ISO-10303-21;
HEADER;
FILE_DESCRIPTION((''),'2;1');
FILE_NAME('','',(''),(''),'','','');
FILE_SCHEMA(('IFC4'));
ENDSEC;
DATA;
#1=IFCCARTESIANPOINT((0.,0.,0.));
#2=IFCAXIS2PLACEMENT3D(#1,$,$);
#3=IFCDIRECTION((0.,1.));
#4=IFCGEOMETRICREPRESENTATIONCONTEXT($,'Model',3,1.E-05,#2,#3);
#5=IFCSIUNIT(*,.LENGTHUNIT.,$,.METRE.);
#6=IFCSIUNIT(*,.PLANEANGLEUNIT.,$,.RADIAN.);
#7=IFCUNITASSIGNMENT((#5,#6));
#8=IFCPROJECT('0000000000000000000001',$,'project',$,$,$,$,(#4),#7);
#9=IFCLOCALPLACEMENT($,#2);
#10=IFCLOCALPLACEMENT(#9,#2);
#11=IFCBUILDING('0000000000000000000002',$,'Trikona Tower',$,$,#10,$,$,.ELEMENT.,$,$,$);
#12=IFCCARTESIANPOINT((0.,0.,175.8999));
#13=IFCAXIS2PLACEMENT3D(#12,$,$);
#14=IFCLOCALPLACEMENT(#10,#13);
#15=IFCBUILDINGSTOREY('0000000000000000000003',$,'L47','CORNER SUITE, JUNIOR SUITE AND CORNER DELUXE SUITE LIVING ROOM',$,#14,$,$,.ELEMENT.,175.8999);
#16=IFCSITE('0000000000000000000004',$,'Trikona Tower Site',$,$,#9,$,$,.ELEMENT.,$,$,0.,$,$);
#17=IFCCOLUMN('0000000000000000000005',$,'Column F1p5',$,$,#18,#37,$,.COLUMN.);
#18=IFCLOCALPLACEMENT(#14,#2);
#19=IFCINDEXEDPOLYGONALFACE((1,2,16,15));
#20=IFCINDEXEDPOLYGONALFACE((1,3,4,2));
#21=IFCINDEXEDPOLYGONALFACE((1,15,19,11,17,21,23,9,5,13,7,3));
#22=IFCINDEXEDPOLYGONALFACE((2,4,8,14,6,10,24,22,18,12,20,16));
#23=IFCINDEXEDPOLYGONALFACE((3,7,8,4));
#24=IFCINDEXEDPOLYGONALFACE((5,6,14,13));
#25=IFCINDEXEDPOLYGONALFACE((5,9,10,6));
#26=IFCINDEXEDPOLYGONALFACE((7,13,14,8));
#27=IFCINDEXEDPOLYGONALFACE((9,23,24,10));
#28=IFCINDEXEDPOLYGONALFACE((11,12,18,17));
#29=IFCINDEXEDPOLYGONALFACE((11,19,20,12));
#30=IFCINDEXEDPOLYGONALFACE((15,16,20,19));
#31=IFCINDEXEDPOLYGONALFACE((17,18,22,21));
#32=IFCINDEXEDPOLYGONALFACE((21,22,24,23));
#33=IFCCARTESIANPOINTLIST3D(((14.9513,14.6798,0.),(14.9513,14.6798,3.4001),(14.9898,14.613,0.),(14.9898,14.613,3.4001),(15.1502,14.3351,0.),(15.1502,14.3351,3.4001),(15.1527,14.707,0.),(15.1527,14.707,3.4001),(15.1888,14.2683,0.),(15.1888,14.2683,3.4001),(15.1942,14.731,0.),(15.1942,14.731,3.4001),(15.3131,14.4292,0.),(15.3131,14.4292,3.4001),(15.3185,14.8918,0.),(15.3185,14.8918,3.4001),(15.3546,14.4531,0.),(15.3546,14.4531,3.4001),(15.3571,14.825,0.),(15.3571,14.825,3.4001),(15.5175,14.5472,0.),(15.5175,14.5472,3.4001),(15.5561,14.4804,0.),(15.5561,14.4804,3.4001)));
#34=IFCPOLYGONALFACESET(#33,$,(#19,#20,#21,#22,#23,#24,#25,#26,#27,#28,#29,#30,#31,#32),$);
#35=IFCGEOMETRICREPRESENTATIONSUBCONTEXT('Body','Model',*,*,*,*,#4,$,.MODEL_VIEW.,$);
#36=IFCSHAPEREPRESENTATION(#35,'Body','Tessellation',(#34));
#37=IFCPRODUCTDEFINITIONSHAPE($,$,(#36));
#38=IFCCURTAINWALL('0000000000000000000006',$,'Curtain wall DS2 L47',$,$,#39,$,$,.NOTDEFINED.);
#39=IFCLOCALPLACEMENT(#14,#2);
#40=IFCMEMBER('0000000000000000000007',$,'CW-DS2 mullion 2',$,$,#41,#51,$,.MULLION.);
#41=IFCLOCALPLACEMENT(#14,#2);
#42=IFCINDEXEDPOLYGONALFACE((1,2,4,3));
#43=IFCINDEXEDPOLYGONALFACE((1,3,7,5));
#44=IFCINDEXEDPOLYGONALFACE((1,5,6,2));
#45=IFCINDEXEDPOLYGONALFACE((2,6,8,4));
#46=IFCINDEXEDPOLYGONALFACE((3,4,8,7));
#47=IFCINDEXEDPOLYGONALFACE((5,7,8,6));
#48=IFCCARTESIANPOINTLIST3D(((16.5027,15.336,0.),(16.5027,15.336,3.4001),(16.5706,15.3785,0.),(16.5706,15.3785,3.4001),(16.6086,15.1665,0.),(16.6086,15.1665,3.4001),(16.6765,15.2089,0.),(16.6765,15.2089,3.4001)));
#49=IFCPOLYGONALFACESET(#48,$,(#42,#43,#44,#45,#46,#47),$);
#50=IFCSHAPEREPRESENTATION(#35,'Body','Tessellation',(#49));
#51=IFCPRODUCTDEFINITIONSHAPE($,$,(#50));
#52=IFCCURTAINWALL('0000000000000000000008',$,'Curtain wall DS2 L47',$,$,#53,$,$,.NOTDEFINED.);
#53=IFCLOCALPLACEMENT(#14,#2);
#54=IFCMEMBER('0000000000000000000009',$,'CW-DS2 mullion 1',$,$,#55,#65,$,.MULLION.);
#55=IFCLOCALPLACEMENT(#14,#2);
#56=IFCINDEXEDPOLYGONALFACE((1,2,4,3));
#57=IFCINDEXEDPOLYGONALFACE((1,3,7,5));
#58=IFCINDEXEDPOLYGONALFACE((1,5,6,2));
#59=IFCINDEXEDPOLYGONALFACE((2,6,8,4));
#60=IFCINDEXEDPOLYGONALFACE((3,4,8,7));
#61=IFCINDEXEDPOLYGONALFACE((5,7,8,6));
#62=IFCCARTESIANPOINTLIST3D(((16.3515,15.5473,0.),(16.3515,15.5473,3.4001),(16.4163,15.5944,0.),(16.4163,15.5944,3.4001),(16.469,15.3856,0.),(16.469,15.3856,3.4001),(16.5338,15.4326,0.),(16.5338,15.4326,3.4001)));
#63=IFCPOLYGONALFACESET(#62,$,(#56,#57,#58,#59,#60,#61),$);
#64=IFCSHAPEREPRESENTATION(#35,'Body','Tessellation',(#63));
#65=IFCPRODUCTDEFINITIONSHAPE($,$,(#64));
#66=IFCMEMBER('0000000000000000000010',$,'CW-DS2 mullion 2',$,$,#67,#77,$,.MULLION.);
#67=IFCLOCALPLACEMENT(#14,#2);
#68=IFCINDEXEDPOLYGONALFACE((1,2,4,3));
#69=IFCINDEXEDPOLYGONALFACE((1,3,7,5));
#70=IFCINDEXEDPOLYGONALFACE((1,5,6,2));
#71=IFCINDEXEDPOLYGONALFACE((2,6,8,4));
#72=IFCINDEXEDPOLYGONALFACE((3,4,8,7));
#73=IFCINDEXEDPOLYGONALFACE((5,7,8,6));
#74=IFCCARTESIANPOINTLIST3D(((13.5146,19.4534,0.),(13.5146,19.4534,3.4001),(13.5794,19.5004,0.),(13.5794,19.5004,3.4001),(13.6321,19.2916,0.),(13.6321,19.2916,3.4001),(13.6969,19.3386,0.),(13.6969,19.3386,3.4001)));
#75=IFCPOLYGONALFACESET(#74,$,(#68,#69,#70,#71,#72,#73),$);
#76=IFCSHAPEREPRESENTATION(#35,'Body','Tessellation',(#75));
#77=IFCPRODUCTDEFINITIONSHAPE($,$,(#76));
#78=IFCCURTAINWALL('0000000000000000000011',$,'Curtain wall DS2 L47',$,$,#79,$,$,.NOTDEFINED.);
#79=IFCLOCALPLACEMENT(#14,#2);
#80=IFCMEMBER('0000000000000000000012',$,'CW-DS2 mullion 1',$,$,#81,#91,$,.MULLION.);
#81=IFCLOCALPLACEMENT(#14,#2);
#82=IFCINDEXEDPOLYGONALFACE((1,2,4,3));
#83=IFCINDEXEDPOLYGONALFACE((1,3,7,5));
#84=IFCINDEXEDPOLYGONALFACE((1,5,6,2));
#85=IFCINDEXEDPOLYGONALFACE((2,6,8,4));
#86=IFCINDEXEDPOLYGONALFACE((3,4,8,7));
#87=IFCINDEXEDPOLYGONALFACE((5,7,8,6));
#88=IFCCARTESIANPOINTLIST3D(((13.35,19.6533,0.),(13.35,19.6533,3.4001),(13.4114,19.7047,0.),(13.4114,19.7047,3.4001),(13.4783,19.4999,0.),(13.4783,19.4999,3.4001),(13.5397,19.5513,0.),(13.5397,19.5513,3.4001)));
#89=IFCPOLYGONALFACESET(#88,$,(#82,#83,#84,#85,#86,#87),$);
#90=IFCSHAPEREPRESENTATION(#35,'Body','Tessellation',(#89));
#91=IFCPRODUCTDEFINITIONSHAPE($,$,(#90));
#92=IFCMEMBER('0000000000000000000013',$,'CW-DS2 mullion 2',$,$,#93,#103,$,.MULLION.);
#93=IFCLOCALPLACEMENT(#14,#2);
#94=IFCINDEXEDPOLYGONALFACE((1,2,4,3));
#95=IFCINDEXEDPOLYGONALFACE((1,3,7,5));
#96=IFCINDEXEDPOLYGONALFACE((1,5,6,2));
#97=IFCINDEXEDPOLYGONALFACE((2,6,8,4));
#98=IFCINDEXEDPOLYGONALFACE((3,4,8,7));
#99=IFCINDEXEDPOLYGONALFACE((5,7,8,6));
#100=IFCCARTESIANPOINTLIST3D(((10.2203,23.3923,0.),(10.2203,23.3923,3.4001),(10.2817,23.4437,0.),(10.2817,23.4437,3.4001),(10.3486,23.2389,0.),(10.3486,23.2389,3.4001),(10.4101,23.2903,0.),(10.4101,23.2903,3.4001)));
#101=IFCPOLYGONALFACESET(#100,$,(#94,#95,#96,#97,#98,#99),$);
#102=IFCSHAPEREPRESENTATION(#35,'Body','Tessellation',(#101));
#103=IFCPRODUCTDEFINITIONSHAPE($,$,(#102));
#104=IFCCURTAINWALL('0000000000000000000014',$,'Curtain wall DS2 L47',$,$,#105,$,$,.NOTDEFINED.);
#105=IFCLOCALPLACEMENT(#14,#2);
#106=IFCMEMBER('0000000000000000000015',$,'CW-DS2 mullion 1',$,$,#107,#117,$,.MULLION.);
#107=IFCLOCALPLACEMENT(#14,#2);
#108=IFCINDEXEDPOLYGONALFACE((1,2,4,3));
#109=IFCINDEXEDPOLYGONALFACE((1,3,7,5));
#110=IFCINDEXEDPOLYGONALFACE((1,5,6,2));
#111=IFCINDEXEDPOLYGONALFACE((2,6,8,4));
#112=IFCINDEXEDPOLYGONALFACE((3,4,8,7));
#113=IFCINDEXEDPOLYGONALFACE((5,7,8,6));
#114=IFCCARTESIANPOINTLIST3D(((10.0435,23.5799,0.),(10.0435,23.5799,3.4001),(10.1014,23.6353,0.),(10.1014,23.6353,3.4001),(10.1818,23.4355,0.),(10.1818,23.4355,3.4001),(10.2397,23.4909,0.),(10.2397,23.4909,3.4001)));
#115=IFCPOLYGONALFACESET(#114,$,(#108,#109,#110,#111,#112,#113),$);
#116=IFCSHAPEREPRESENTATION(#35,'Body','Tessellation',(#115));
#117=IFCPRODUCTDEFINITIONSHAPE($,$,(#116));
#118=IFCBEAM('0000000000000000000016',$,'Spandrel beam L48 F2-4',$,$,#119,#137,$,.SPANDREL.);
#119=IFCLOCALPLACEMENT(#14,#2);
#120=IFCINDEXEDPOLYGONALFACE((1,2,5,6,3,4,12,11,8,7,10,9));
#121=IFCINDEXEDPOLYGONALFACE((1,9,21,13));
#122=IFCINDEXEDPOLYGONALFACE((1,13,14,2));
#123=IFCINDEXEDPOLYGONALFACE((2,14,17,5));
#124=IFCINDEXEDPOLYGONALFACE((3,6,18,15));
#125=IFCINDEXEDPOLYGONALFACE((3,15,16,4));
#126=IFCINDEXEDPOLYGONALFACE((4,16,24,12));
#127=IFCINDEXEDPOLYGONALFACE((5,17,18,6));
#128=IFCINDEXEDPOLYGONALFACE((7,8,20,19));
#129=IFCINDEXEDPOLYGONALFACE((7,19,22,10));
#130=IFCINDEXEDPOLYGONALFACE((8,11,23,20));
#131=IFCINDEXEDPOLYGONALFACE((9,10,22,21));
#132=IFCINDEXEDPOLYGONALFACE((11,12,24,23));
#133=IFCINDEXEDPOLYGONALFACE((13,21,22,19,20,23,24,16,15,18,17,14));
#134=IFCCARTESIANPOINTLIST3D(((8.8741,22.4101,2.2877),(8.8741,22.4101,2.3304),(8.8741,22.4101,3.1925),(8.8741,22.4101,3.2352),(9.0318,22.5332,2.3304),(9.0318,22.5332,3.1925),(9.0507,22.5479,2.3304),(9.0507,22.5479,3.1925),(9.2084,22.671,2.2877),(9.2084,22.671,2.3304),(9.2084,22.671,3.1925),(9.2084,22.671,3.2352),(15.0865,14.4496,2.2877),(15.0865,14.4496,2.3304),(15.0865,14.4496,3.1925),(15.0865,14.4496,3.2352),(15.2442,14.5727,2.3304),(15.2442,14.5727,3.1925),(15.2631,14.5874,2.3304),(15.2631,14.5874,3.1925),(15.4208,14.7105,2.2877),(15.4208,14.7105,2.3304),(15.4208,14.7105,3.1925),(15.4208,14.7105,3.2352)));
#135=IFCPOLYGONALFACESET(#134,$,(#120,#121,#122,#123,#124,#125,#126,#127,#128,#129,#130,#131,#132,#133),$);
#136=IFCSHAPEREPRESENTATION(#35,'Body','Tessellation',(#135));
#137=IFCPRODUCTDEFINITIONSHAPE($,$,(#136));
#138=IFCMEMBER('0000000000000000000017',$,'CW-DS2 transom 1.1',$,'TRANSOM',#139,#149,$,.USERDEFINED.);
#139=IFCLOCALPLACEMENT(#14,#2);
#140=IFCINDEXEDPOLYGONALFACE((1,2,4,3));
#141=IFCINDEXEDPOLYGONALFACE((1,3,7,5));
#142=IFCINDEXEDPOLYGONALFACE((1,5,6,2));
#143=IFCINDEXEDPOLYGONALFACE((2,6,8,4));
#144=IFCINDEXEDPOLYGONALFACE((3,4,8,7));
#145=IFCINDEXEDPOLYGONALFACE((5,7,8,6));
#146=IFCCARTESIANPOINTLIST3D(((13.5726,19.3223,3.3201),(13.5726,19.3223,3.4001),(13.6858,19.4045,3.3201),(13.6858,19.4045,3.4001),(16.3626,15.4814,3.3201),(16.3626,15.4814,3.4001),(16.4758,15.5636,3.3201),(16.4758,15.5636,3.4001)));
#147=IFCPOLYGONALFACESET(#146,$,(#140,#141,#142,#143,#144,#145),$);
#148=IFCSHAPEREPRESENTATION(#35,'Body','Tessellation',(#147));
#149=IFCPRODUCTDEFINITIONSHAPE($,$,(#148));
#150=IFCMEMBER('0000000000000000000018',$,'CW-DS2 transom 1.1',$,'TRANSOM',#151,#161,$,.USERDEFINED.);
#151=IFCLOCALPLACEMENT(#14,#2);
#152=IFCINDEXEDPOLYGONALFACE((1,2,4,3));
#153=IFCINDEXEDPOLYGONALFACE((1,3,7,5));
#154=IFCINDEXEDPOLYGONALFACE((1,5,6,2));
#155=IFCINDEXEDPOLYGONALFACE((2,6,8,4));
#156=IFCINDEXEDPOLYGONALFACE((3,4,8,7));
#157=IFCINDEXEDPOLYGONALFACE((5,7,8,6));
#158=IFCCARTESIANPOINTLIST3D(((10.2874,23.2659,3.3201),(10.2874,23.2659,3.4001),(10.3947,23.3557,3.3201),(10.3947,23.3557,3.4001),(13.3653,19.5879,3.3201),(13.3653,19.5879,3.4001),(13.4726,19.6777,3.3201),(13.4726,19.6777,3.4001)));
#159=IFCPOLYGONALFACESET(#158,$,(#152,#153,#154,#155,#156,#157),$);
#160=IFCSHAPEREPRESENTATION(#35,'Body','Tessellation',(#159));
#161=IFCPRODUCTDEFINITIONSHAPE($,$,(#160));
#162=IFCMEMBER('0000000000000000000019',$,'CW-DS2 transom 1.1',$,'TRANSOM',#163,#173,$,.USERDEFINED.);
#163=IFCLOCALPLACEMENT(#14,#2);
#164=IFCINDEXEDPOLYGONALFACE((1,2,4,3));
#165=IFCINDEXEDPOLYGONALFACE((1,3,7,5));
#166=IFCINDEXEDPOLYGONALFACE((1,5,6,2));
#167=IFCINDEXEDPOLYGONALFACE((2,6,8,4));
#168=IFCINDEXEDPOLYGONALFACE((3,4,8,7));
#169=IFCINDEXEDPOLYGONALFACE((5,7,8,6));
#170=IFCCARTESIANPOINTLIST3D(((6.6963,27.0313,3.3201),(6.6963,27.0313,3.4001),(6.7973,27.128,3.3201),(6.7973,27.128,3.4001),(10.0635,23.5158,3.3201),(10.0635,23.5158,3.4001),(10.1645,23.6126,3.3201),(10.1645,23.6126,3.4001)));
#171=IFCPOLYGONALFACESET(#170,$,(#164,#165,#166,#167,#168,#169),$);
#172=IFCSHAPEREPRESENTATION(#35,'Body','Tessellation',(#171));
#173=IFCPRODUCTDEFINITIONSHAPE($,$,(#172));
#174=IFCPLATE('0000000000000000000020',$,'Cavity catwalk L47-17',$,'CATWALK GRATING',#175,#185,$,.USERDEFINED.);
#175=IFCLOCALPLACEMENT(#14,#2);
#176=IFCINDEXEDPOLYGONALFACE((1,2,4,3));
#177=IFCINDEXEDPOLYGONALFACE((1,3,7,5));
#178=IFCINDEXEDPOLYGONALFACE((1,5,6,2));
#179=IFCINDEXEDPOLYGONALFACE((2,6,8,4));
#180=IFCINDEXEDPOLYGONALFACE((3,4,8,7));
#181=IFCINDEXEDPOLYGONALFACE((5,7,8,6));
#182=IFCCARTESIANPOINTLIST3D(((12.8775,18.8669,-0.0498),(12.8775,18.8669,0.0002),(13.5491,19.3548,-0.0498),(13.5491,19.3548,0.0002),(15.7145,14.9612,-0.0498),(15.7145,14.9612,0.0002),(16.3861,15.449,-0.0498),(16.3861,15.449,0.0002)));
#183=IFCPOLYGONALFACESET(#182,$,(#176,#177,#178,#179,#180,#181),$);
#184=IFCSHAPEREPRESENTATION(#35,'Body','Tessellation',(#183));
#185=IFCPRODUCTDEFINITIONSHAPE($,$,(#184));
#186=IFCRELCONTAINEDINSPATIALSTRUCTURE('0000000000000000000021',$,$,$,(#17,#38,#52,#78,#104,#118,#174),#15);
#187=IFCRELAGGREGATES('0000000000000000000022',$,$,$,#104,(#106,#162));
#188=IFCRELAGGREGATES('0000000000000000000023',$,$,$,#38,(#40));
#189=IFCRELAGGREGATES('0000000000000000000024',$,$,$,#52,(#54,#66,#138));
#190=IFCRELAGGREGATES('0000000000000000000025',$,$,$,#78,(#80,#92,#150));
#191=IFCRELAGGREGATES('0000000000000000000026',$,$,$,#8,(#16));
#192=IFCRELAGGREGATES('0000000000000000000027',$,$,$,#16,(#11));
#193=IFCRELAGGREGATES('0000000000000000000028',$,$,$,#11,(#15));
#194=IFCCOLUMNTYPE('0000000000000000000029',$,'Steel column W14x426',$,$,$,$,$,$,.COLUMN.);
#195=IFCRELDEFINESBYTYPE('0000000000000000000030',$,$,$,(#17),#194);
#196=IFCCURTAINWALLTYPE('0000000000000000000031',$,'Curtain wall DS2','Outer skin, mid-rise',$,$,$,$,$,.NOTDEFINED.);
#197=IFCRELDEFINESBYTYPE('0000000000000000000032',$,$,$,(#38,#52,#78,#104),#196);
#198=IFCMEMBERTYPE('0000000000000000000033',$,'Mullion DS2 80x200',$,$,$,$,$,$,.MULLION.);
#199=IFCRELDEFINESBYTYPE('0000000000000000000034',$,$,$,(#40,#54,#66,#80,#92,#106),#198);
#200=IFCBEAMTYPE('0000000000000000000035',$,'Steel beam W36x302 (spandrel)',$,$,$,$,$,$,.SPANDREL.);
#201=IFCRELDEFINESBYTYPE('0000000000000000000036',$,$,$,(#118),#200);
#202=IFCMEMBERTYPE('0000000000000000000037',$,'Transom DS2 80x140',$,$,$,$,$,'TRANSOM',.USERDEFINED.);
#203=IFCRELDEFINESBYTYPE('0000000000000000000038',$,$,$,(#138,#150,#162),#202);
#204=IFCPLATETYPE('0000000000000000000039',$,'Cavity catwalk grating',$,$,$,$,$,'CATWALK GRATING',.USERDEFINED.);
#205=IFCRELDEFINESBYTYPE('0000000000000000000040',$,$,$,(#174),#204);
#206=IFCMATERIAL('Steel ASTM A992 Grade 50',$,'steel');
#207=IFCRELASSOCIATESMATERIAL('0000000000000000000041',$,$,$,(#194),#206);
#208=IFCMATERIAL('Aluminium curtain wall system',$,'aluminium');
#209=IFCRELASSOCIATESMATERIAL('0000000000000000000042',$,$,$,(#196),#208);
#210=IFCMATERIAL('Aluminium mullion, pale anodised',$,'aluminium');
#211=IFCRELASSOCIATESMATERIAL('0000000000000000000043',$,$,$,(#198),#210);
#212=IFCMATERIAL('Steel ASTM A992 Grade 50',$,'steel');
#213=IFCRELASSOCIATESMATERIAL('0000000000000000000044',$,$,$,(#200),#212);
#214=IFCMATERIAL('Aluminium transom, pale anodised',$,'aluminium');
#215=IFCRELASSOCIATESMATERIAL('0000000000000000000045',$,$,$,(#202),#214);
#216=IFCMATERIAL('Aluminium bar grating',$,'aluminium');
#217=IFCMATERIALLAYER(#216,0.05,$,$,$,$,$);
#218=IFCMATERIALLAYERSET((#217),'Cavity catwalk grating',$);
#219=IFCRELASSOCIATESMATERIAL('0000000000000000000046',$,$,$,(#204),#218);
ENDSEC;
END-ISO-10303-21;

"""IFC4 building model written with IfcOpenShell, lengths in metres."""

from ifc_helpers import new_model, si_unit, direction, frame, origin, origin_2d, place, context, subcontext, project, spatial, rectangle, i_section, extrude, material, layer, layer_set, material_profile, profile_set, type_object, element, aggregate, save


model = new_model("IFC4")

# Units and contexts
model_context = context("Model", 3, precision=1e-05, world=origin(), true_north=direction((0.0, 1.0)))
body_context = subcontext(model_context, "Body", "Model", "MODEL_VIEW")
ifc_project = project(units=[si_unit("LENGTHUNIT", "METRE"), si_unit("PLANEANGLEUNIT", "RADIAN")], contexts=[model_context])

# Site, building, storey
site_placement = place(None, origin())
site = spatial("IfcSite", under=ifc_project, at=site_placement, Name="Trikona Tower Site", CompositionType="ELEMENT", RefElevation=0.0)
building_placement = place(site_placement, origin())
building = spatial("IfcBuilding", under=site, at=building_placement, Name="Trikona Tower", CompositionType="ELEMENT")
storey_placement = place(building_placement, frame((0.0, 0.0, 175.8999)))
storey = spatial("IfcBuildingStorey", under=building, at=storey_placement, Name="L47", Description="CORNER SUITE, JUNIOR SUITE AND CORNER DELUXE SUITE LIVING ROOM", CompositionType="ELEMENT", Elevation=175.8999)

# Column
ifc_material_1 = material(Name="Steel ASTM A992 Grade 50", Category="steel")
ifc_material_profile_1 = material_profile(ifc_material_1, i_section(OverallWidth=0.4241, OverallDepth=0.4751, WebThickness=0.0479, FlangeThickness=0.0771, at=origin_2d()), Name="W14X426")
ifc_profile_set_1 = profile_set([ifc_material_profile_1], Name="Steel ASTM A992 Grade 50")
column_type = type_object("IfcColumnType", Name="Steel column W14x426", PredefinedType="COLUMN", material=ifc_profile_set_1)
column_placement = place(storey_placement, frame((15.2537, 14.5801, 0.0), z_axis=(0.0, 0.0, 1.0), x_axis=(0.866025, 0.5, 0.0)))
element("IfcColumn", 1, at=column_placement, inside=storey, type_object=column_type, Name="Column F1p5", PredefinedType="COLUMN", context=body_context, shape_type="SweptSolid", body=[
    extrude(i_section(OverallWidth=0.4241, OverallDepth=0.4751, WebThickness=0.0479, FlangeThickness=0.0771, at=origin_2d()), origin(), (0.0, 0.0, 1.0), 3.4001),
])

# Curtain wall, member
ifc_material_2 = material(Name="Aluminium curtain wall system", Category="aluminium")
curtain_wall_type = type_object("IfcCurtainWallType", Name="Curtain wall DS2", Description="Outer skin, mid-rise", PredefinedType="NOTDEFINED", material=ifc_material_2)
curtain_wall_1_placement = place(storey_placement, origin())
curtain_wall_1 = element("IfcCurtainWall", 2, at=curtain_wall_1_placement, inside=storey, type_object=curtain_wall_type, Name="Curtain wall DS2 L47", PredefinedType="NOTDEFINED")
ifc_material_3 = material(Name="Aluminium mullion, pale anodised", Category="aluminium")
ifc_material_profile_2 = material_profile(ifc_material_3, rectangle(XDim=0.0801, YDim=0.2, at=origin_2d()), Name="MUL-DS2")
ifc_profile_set_2 = profile_set([ifc_material_profile_2], Name="Aluminium mullion, pale anodised")
member_type_1 = type_object("IfcMemberType", Name="Mullion DS2 80x200", PredefinedType="MULLION", material=ifc_profile_set_2)
member_1_placement = place(storey_placement, frame((16.5896, 15.2725, 0.0), z_axis=(0.0, 0.0, 1.0), x_axis=(-0.847998, -0.529999, 0.0)))
member_1 = element("IfcMember", 3, at=member_1_placement, type_object=member_type_1, Name="CW-DS2 mullion 2", PredefinedType="MULLION", context=body_context, shape_type="SweptSolid", body=[
    extrude(rectangle(XDim=0.0801, YDim=0.2, at=origin_2d()), origin(), (0.0, 0.0, 1.0), 3.4001),
])

# Curtain walls, members
curtain_wall_2_placement = place(storey_placement, origin())
curtain_wall_2 = element("IfcCurtainWall", 4, at=curtain_wall_2_placement, inside=storey, type_object=curtain_wall_type, Name="Curtain wall DS2 L47", PredefinedType="NOTDEFINED")
member_2_placement = place(storey_placement, frame((16.4426, 15.49, 0.0), z_axis=(0.0, 0.0, 1.0), x_axis=(-0.809086, -0.587691, 0.0)))
member_2 = element("IfcMember", 5, at=member_2_placement, type_object=member_type_1, Name="CW-DS2 mullion 1", PredefinedType="MULLION", context=body_context, shape_type="SweptSolid", body=[
    extrude(rectangle(XDim=0.0801, YDim=0.2, at=origin_2d()), origin(), (0.0, 0.0, 1.0), 3.4001),
])
member_3_placement = place(storey_placement, frame((13.6057, 19.396, 0.0), z_axis=(0.0, 0.0, 1.0), x_axis=(-0.809086, -0.587691, 0.0)))
member_3 = element("IfcMember", 6, at=member_3_placement, type_object=member_type_1, Name="CW-DS2 mullion 2", PredefinedType="MULLION", context=body_context, shape_type="SweptSolid", body=[
    extrude(rectangle(XDim=0.0801, YDim=0.2, at=origin_2d()), origin(), (0.0, 0.0, 1.0), 3.4001),
])
curtain_wall_3_placement = place(storey_placement, origin())
curtain_wall_3 = element("IfcCurtainWall", 7, at=curtain_wall_3_placement, inside=storey, type_object=curtain_wall_type, Name="Curtain wall DS2 L47", PredefinedType="NOTDEFINED")
member_4_placement = place(storey_placement, frame((13.4448, 19.6023, 0.0), z_axis=(0.0, 0.0, 1.0), x_axis=(-0.766867, -0.641806, 0.0)))
member_4 = element("IfcMember", 8, at=member_4_placement, type_object=member_type_1, Name="CW-DS2 mullion 1", PredefinedType="MULLION", context=body_context, shape_type="SweptSolid", body=[
    extrude(rectangle(XDim=0.0801, YDim=0.2, at=origin_2d()), origin(), (0.0, 0.0, 1.0), 3.4001),
])
member_5_placement = place(storey_placement, frame((10.3152, 23.3413, 0.0), z_axis=(0.0, 0.0, 1.0), x_axis=(-0.766867, -0.641806, 0.0)))
member_5 = element("IfcMember", 9, at=member_5_placement, type_object=member_type_1, Name="CW-DS2 mullion 2", PredefinedType="MULLION", context=body_context, shape_type="SweptSolid", body=[
    extrude(rectangle(XDim=0.0801, YDim=0.2, at=origin_2d()), origin(), (0.0, 0.0, 1.0), 3.4001),
])

# Curtain wall, member
curtain_wall_4_placement = place(storey_placement, origin())
curtain_wall_4 = element("IfcCurtainWall", 10, at=curtain_wall_4_placement, inside=storey, type_object=curtain_wall_type, Name="Curtain wall DS2 L47", PredefinedType="NOTDEFINED")
member_6_placement = place(storey_placement, frame((10.1416, 23.5354, 0.0), z_axis=(0.0, 0.0, 1.0), x_axis=(-0.722158, -0.691728, 0.0)))
member_6 = element("IfcMember", 11, at=member_6_placement, type_object=member_type_1, Name="CW-DS2 mullion 1", PredefinedType="MULLION", context=body_context, shape_type="SweptSolid", body=[
    extrude(rectangle(XDim=0.0801, YDim=0.2, at=origin_2d()), origin(), (0.0, 0.0, 1.0), 3.4001),
])

# Beam
ifc_material_4 = material(Name="Steel ASTM A992 Grade 50", Category="steel")
ifc_material_profile_3 = material_profile(ifc_material_4, i_section(OverallWidth=0.4241, OverallDepth=0.9475, WebThickness=0.0239, FlangeThickness=0.0427, at=origin_2d()), Name="W36X302")
ifc_profile_set_3 = profile_set([ifc_material_profile_3], Name="Steel ASTM A992 Grade 50")
beam_type = type_object("IfcBeamType", Name="Steel beam W36x302 (spandrel)", PredefinedType="SPANDREL", material=ifc_profile_set_3)
beam_placement = place(storey_placement, frame((15.2537, 14.5801, 2.7615), z_axis=(-0.615232, 0.788346, 0.0), x_axis=(-0.788346, -0.615232, 0.0)))
element("IfcBeam", 12, at=beam_placement, inside=storey, type_object=beam_type, Name="Spandrel beam L48 F2-4", PredefinedType="SPANDREL", context=body_context, shape_type="SweptSolid", body=[
    extrude(i_section(OverallWidth=0.4241, OverallDepth=0.9475, WebThickness=0.0239, FlangeThickness=0.0427, at=origin_2d()), origin(), (0.0, 0.0, 1.0), 10.0977),
])

# Members
ifc_material_5 = material(Name="Aluminium transom, pale anodised", Category="aluminium")
ifc_material_profile_4 = material_profile(ifc_material_5, rectangle(XDim=0.1399, YDim=0.0801, at=origin_2d()), Name="TRN-DS2")
ifc_profile_set_4 = profile_set([ifc_material_profile_4], Name="Aluminium transom, pale anodised")
member_type_2 = type_object("IfcMemberType", Name="Transom DS2 80x140", ElementType="TRANSOM", PredefinedType="USERDEFINED", material=ifc_profile_set_4)
member_7_placement = place(storey_placement, frame((16.4192, 15.5225, 3.3601), z_axis=(-0.587695, 0.809083, 0.0), x_axis=(-0.809083, -0.587695, 0.0)))
member_7 = element("IfcMember", 13, at=member_7_placement, type_object=member_type_2, Name="CW-DS2 transom 1.1", ObjectType="TRANSOM", PredefinedType="USERDEFINED", context=body_context, shape_type="SweptSolid", body=[
    extrude(rectangle(XDim=0.1399, YDim=0.0801, at=origin_2d()), origin(), (0.0, 0.0, 1.0), 4.7473),
])
member_8_placement = place(storey_placement, frame((13.4189, 19.6328, 3.3601), z_axis=(-0.64177, 0.766897, 0.0), x_axis=(-0.766897, -0.64177, 0.0)))
member_8 = element("IfcMember", 14, at=member_8_placement, type_object=member_type_2, Name="CW-DS2 transom 1.1", ObjectType="TRANSOM", PredefinedType="USERDEFINED", context=body_context, shape_type="SweptSolid", body=[
    extrude(rectangle(XDim=0.1399, YDim=0.0801, at=origin_2d()), origin(), (0.0, 0.0, 1.0), 4.7959),
])
member_9_placement = place(storey_placement, frame((10.114, 23.5642, 3.3601), z_axis=(-0.691721, 0.722165, 0.0), x_axis=(-0.722165, -0.691721, 0.0)))
member_9 = element("IfcMember", 15, at=member_9_placement, type_object=member_type_2, Name="CW-DS2 transom 1.1", ObjectType="TRANSOM", PredefinedType="USERDEFINED", context=body_context, shape_type="SweptSolid", body=[
    extrude(rectangle(XDim=0.1399, YDim=0.0801, at=origin_2d()), origin(), (0.0, 0.0, 1.0), 4.8679),
])
aggregate(curtain_wall_4, [member_6, member_9])

# Plate
ifc_material_6 = material(Name="Aluminium bar grating", Category="aluminium")
ifc_layer_1 = layer(ifc_material_6, 0.05)
ifc_layer_set_1 = layer_set([ifc_layer_1], Name="Cavity catwalk grating")
plate_type_1 = type_object("IfcPlateType", Name="Cavity catwalk grating", ElementType="CATWALK GRATING", PredefinedType="USERDEFINED", material=ifc_layer_set_1)
plate_1_placement = place(storey_placement, frame((14.6318, 17.158, -0.0498), z_axis=(0.0, 0.0, 1.0), x_axis=(-0.587686, 0.809089, 0.0)))
element("IfcPlate", 16, at=plate_1_placement, inside=storey, type_object=plate_type_1, Name="Cavity catwalk L47-17", ObjectType="CATWALK GRATING", PredefinedType="USERDEFINED", context=body_context, shape_type="SweptSolid", body=[
    extrude(rectangle(XDim=4.8274, YDim=0.8301, at=origin_2d()), origin(), (0.0, 0.0, 1.0), 0.05),
])

aggregate(curtain_wall_1, [member_1])
aggregate(curtain_wall_2, [member_2, member_3, member_7])
aggregate(curtain_wall_3, [member_4, member_5, member_8])

save(model, "model.ifc")
